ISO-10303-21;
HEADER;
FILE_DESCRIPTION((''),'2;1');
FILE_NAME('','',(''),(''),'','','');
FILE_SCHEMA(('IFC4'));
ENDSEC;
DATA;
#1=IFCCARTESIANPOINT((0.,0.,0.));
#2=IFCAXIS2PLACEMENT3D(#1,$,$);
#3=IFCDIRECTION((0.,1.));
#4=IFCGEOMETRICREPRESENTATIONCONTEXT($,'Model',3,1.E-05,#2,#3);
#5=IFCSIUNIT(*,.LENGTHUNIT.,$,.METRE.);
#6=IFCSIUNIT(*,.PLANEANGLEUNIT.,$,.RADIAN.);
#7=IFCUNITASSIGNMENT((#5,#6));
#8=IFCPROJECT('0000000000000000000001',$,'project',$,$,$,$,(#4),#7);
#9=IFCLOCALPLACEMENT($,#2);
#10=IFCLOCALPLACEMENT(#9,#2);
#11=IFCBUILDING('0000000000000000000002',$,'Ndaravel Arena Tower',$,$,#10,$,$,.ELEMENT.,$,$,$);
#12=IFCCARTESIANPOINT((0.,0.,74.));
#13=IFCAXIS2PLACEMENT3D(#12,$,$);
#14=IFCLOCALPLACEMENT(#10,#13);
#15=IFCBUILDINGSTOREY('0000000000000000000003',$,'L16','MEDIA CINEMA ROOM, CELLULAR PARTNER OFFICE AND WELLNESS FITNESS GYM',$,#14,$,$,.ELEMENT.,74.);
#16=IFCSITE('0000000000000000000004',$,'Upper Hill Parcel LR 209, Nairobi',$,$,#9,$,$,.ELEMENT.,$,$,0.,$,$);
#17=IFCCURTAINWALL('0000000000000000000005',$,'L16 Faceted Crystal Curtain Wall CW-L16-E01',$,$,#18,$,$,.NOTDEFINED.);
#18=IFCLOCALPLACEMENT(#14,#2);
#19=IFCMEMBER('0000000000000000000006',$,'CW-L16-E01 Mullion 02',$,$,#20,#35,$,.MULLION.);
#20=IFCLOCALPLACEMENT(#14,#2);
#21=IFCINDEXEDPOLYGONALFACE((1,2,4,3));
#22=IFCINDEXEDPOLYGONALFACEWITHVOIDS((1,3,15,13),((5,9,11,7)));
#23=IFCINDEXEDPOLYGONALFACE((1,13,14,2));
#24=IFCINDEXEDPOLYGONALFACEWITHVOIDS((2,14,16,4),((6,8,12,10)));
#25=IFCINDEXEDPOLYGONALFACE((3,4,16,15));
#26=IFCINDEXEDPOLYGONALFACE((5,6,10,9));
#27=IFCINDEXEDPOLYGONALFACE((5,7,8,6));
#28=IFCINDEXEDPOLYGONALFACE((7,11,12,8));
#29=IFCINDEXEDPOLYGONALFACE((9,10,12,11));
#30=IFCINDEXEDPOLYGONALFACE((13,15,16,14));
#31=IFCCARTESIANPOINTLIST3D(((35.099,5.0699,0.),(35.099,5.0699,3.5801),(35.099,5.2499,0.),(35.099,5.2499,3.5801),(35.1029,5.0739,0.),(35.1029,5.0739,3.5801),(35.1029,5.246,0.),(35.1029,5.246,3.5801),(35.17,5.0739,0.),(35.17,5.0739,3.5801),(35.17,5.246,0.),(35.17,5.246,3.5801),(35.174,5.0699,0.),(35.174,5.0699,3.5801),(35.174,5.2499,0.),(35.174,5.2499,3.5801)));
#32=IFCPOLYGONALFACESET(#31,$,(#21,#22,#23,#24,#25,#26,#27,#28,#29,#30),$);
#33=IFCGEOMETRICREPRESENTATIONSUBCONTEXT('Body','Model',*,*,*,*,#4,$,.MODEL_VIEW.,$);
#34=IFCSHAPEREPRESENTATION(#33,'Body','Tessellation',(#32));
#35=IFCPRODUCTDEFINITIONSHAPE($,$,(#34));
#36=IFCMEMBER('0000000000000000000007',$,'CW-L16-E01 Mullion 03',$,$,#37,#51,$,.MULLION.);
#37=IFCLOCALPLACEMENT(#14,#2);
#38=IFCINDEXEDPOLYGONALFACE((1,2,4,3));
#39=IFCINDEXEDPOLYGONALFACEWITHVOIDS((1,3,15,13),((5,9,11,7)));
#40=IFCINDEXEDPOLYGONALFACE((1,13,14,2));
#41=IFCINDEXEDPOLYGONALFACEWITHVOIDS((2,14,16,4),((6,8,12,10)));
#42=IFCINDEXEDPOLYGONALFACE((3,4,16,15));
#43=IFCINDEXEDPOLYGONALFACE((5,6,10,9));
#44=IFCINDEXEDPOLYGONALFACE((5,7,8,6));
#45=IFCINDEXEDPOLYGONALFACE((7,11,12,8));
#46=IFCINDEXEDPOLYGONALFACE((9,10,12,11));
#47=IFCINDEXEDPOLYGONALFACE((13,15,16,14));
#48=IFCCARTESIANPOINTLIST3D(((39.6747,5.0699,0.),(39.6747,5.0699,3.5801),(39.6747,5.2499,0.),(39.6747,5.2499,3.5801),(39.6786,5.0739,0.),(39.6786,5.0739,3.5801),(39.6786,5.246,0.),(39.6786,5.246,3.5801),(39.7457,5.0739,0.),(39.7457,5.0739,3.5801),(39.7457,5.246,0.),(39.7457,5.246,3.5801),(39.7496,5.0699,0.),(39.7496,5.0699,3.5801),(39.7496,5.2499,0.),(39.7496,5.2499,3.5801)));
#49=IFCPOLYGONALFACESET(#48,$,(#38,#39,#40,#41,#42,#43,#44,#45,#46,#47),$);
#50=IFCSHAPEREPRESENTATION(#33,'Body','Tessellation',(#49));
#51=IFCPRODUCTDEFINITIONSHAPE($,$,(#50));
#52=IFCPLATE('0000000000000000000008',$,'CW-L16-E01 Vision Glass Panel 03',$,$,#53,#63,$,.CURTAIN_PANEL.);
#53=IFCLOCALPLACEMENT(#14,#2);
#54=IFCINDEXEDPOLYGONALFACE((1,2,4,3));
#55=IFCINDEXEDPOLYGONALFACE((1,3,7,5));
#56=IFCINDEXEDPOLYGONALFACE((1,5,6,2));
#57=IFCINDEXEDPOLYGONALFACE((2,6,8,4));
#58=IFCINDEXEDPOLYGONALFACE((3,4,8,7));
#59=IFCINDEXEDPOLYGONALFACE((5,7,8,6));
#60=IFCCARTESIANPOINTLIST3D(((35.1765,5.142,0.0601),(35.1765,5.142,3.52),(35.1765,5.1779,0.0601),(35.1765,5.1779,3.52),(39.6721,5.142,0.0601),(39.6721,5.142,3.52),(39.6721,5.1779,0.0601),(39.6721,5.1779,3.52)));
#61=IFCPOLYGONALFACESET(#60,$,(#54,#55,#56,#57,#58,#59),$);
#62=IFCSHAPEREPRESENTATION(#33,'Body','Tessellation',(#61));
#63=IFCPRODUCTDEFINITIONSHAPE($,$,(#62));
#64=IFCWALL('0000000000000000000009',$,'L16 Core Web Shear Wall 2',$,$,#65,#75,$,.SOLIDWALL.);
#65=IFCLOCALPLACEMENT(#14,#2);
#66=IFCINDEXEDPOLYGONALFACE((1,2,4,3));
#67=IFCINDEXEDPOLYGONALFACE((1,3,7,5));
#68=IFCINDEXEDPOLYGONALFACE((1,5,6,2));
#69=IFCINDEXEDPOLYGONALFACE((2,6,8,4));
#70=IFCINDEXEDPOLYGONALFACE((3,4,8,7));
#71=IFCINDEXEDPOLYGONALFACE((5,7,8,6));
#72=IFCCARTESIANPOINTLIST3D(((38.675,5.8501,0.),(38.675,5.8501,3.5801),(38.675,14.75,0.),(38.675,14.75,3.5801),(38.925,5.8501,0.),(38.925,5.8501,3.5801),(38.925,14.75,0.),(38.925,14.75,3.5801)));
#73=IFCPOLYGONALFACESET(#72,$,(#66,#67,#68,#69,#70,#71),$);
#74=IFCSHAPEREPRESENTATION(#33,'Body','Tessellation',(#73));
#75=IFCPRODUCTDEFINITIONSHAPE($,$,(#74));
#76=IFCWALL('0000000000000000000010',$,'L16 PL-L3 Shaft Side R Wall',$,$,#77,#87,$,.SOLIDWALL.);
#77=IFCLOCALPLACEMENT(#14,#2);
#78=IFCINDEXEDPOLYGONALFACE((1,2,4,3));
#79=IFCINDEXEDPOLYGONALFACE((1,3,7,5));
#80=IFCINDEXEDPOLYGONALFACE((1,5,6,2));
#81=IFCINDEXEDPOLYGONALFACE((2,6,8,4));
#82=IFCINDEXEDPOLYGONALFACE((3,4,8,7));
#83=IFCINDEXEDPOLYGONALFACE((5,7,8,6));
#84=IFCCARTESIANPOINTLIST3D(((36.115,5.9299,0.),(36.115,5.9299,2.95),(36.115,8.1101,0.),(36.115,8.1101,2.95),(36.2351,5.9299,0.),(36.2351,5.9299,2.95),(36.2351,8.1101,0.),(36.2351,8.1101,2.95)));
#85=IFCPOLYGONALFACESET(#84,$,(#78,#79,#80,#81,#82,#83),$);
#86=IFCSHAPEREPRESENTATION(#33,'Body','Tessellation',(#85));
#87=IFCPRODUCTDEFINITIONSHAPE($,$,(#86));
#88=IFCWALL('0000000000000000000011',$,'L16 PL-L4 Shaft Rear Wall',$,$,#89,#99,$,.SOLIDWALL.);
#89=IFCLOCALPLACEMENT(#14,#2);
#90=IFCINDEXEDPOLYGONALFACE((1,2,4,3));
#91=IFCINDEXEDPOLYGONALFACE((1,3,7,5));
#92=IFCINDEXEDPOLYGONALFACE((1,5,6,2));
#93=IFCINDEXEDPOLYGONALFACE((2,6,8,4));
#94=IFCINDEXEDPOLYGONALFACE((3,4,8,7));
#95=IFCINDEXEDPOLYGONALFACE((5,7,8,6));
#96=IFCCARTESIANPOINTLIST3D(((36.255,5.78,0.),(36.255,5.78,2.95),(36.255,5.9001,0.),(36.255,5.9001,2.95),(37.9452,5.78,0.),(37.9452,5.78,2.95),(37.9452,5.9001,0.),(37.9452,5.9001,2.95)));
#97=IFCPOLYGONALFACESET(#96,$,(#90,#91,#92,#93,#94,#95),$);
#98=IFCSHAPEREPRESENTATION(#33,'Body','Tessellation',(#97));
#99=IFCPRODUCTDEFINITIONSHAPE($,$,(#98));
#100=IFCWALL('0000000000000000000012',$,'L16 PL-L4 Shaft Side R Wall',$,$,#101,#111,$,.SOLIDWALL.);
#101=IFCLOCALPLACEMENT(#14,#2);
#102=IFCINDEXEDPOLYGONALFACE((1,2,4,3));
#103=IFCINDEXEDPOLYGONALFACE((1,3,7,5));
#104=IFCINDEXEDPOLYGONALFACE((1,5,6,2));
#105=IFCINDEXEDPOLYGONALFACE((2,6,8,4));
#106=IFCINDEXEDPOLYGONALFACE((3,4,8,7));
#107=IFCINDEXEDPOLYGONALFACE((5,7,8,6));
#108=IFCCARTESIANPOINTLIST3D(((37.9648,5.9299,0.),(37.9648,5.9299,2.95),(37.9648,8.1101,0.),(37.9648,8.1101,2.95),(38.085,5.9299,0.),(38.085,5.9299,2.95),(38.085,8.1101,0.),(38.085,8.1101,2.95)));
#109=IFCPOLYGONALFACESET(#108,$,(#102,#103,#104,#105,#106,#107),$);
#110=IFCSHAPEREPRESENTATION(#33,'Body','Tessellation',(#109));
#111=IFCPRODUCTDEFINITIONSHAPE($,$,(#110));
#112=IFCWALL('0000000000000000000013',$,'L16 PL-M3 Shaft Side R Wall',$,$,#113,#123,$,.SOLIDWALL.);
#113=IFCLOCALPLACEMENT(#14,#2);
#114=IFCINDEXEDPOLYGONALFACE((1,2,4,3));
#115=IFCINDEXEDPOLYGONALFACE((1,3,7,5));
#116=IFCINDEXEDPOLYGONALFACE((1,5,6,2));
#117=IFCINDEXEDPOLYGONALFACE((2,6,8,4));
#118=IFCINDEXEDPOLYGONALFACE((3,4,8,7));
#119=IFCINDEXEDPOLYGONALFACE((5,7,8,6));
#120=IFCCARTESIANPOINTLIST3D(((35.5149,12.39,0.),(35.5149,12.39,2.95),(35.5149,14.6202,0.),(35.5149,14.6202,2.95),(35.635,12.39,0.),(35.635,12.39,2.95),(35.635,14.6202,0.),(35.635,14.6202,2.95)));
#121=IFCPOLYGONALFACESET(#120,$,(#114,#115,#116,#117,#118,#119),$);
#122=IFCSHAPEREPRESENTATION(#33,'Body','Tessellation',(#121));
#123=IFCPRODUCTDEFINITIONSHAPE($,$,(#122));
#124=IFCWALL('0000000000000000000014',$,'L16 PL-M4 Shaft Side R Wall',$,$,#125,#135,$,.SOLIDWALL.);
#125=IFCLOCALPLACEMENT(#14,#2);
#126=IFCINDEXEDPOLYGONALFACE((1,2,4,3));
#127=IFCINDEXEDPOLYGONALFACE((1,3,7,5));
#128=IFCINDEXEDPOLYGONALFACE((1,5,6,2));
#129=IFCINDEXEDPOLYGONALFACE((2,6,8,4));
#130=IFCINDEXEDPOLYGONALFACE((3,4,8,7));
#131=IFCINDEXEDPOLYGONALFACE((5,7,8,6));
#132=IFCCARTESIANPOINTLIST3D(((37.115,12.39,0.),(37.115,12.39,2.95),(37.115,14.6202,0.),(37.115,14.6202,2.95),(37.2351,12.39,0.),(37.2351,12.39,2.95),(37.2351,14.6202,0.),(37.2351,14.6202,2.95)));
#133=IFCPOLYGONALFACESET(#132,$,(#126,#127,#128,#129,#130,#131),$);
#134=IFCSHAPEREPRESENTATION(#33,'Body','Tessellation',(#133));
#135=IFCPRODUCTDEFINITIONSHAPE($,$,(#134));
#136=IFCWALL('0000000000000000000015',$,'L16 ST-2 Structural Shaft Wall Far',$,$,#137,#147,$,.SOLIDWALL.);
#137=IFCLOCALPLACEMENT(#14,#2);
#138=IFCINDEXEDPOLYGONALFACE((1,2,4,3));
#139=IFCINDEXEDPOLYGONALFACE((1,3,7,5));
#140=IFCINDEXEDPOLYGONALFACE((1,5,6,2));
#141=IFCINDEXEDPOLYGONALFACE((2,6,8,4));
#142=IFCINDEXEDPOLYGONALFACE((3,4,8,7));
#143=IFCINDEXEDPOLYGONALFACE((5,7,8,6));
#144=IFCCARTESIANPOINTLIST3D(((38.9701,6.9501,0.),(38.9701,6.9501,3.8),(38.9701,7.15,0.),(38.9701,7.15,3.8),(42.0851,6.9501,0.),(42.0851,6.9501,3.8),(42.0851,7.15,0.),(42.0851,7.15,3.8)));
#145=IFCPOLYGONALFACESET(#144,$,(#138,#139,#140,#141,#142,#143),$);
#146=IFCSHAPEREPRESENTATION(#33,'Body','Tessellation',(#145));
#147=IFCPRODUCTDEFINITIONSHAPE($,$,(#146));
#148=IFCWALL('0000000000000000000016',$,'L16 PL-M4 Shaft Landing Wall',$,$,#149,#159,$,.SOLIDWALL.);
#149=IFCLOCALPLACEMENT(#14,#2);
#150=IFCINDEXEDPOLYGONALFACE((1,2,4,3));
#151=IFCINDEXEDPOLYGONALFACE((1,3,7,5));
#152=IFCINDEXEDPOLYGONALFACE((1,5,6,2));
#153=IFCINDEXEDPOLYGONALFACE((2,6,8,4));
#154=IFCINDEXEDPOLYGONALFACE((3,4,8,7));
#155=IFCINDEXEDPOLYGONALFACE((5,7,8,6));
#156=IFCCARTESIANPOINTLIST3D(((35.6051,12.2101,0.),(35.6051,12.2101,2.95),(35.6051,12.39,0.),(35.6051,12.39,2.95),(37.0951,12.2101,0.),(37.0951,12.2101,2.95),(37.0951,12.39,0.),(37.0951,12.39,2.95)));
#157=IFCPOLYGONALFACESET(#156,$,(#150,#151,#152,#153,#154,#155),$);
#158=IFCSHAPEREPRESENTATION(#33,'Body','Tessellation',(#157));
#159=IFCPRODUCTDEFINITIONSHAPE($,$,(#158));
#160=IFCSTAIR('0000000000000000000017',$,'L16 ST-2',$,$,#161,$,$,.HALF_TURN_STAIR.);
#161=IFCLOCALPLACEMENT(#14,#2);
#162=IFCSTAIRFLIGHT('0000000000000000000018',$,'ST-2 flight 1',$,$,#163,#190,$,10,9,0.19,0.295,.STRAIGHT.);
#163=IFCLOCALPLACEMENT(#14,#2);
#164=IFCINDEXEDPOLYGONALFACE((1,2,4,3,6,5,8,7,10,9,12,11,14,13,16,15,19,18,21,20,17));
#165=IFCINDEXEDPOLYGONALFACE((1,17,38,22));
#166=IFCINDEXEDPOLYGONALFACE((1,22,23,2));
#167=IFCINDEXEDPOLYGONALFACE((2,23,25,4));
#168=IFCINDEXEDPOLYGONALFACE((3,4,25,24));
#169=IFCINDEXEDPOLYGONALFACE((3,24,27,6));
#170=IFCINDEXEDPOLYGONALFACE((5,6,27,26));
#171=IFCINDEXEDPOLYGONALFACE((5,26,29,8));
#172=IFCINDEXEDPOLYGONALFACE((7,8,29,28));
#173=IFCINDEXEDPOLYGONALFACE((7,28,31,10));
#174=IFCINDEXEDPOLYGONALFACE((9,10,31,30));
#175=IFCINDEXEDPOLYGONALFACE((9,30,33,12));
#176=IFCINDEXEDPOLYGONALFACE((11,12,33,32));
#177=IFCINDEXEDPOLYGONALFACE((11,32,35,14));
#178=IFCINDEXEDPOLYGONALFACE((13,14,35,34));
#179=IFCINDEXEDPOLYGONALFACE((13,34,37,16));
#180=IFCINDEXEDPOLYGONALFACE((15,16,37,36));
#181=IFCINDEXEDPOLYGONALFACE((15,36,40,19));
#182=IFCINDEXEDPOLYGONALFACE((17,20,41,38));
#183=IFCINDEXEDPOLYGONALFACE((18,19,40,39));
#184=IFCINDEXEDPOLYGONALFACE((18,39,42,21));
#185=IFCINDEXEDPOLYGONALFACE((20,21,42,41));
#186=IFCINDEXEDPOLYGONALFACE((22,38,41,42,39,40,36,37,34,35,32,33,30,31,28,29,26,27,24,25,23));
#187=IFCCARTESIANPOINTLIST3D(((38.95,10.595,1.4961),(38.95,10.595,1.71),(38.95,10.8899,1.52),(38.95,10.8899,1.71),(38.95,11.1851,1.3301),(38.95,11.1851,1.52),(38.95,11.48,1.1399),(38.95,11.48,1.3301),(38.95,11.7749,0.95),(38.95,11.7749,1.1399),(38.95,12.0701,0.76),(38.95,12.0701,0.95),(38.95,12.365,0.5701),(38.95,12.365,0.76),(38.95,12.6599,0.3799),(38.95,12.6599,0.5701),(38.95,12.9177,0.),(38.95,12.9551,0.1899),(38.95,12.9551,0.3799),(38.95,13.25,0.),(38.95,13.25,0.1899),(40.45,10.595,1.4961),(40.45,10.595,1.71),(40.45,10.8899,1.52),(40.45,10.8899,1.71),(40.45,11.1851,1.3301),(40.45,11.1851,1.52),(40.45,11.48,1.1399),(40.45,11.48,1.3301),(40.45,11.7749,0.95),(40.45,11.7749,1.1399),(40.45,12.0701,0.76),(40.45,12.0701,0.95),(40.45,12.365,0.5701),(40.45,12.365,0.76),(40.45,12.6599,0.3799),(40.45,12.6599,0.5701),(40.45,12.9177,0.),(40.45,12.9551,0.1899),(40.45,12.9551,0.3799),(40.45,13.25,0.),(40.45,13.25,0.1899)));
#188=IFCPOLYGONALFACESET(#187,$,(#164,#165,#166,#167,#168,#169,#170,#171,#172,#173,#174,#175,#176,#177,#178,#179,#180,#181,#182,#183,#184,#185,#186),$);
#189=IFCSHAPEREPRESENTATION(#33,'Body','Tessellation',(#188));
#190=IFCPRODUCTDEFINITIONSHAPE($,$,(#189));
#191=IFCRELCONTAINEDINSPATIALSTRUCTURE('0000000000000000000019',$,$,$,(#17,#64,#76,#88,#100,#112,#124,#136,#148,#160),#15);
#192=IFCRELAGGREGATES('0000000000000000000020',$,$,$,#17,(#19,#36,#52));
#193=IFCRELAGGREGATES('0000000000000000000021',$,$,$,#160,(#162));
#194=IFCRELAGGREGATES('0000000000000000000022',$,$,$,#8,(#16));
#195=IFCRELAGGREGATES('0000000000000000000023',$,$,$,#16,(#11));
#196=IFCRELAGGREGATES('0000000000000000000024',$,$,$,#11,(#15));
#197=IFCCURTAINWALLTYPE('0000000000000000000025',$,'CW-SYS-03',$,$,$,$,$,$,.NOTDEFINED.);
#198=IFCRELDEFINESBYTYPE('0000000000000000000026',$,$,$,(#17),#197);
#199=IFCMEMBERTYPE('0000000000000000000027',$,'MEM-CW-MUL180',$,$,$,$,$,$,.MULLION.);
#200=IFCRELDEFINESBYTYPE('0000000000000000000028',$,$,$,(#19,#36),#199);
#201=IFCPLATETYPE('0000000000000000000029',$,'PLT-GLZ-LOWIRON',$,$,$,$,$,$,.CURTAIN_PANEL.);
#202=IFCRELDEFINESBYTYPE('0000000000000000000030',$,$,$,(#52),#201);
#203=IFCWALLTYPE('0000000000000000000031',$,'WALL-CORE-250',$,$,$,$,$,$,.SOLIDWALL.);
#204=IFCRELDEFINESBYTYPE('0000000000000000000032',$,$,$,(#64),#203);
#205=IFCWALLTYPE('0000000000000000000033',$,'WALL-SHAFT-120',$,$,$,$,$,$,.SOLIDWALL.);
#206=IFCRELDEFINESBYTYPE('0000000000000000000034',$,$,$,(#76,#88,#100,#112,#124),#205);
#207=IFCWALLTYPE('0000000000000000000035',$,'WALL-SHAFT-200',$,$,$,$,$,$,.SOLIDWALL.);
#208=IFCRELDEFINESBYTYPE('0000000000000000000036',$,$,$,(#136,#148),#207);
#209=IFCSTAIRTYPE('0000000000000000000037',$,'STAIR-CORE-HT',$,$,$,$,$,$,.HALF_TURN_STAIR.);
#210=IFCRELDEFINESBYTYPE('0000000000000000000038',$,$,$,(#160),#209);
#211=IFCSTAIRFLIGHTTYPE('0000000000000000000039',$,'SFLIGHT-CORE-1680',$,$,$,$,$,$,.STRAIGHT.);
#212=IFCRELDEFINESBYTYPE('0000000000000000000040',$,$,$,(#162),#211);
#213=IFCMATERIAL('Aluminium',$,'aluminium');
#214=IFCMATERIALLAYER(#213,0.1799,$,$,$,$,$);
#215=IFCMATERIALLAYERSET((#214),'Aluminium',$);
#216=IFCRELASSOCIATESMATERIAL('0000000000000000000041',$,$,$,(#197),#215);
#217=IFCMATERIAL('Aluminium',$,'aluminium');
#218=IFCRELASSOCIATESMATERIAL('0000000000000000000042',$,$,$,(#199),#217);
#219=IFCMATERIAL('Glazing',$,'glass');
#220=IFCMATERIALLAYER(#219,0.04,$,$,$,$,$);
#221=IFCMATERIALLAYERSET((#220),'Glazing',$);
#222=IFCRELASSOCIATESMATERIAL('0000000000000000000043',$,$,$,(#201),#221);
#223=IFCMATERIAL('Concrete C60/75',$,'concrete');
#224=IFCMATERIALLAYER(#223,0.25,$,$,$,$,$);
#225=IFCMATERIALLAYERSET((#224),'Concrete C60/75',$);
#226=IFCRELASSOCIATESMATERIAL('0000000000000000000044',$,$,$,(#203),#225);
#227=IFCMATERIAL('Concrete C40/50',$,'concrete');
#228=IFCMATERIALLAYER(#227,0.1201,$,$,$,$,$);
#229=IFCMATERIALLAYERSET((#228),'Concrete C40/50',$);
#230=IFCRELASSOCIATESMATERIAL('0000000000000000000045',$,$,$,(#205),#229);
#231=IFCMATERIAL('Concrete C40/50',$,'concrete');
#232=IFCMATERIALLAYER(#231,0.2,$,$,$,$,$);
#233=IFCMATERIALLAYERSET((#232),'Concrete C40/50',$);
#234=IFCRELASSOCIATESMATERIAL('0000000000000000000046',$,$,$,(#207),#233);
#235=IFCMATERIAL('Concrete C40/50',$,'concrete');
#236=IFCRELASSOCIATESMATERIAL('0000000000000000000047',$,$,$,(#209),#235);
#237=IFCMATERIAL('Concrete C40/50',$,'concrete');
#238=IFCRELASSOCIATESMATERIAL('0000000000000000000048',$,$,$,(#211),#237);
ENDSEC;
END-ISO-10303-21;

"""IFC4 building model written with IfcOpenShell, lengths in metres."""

from ifc_helpers import new_model, si_unit, direction, frame, frame_2d, origin, origin_2d, place, context, subcontext, project, spatial, polyline, rectangle, hollow_rectangle, outline, extrude, material, layer, layer_set, material_profile, profile_set, type_object, element, aggregate, save


model = new_model("IFC4")

# Units and contexts
model_context = context("Model", 3, precision=1e-05, world=origin(), true_north=direction((0.0, 1.0)))
body_context = subcontext(model_context, "Body", "Model", "MODEL_VIEW")
ifc_project = project(units=[si_unit("LENGTHUNIT", "METRE"), si_unit("PLANEANGLEUNIT", "RADIAN")], contexts=[model_context])

# Site, building, storey
site_placement = place(None, origin())
site = spatial("IfcSite", under=ifc_project, at=site_placement, Name="Upper Hill Parcel LR 209, Nairobi", CompositionType="ELEMENT", RefElevation=0.0)
building_placement = place(site_placement, origin())
building = spatial("IfcBuilding", under=site, at=building_placement, Name="Ndaravel Arena Tower", CompositionType="ELEMENT")
storey_placement = place(building_placement, frame((0.0, 0.0, 74.0)))
storey = spatial("IfcBuildingStorey", under=building, at=storey_placement, Name="L16", Description="MEDIA CINEMA ROOM, CELLULAR PARTNER OFFICE AND WELLNESS FITNESS GYM", CompositionType="ELEMENT", Elevation=74.0)

# Curtain wall, members, plate
ifc_material_1 = material(Name="Aluminium", Category="aluminium")
ifc_layer_1 = layer(ifc_material_1, 0.1799)
ifc_layer_set_1 = layer_set([ifc_layer_1], Name="Aluminium")
curtain_wall_type = type_object("IfcCurtainWallType", Name="CW-SYS-03", PredefinedType="NOTDEFINED", material=ifc_layer_set_1)
curtain_wall_placement = place(storey_placement, origin())
curtain_wall = element("IfcCurtainWall", 1, at=curtain_wall_placement, inside=storey, type_object=curtain_wall_type, Name="L16 Faceted Crystal Curtain Wall CW-L16-E01", PredefinedType="NOTDEFINED")
ifc_material_2 = material(Name="Aluminium", Category="aluminium")
ifc_material_profile = material_profile(ifc_material_2, hollow_rectangle(XDim=0.075, YDim=0.1799, WallThickness=0.0039, at=origin_2d()), Name="CW MULLION 75x180x4")
ifc_profile_set = profile_set([ifc_material_profile], Name="Aluminium")
member_type = type_object("IfcMemberType", Name="MEM-CW-MUL180", PredefinedType="MULLION", material=ifc_profile_set)
member_1_placement = place(storey_placement, frame((35.1365, 5.1599, 0.0), z_axis=(0.0, 0.0, 1.0), x_axis=(1.0, 0.0, 0.0)))
member_1 = element("IfcMember", 2, at=member_1_placement, type_object=member_type, Name="CW-L16-E01 Mullion 02", PredefinedType="MULLION", context=body_context, shape_type="SweptSolid", body=[
    extrude(hollow_rectangle(XDim=0.075, YDim=0.1799, WallThickness=0.0039, at=origin_2d()), origin(), (0.0, 0.0, 1.0), 3.5801),
])
member_2_placement = place(storey_placement, frame((39.7122, 5.1599, 0.0), z_axis=(0.0, 0.0, 1.0), x_axis=(1.0, 0.0, 0.0)))
member_2 = element("IfcMember", 3, at=member_2_placement, type_object=member_type, Name="CW-L16-E01 Mullion 03", PredefinedType="MULLION", context=body_context, shape_type="SweptSolid", body=[
    extrude(hollow_rectangle(XDim=0.075, YDim=0.1799, WallThickness=0.0039, at=origin_2d()), origin(), (0.0, 0.0, 1.0), 3.5801),
])
ifc_material_3 = material(Name="Glazing", Category="glass")
ifc_layer_2 = layer(ifc_material_3, 0.04)
ifc_layer_set_2 = layer_set([ifc_layer_2], Name="Glazing")
plate_type = type_object("IfcPlateType", Name="PLT-GLZ-LOWIRON", PredefinedType="CURTAIN_PANEL", material=ifc_layer_set_2)
plate_placement = place(storey_placement, frame((37.4243, 5.1599, 0.0601), z_axis=(0.0, 0.0, 1.0), x_axis=(1.0, 0.0, 0.0)))
plate = element("IfcPlate", 4, at=plate_placement, type_object=plate_type, Name="CW-L16-E01 Vision Glass Panel 03", PredefinedType="CURTAIN_PANEL", context=body_context, shape_type="SweptSolid", body=[
    extrude(rectangle(XDim=4.4956, YDim=0.0359, at=origin_2d()), origin(), (0.0, 0.0, 1.0), 3.46),
])
aggregate(curtain_wall, [member_1, member_2, plate])

# Walls
ifc_material_4 = material(Name="Concrete C60/75", Category="concrete")
ifc_layer_3 = layer(ifc_material_4, 0.25)
ifc_layer_set_3 = layer_set([ifc_layer_3], Name="Concrete C60/75")
wall_type_1 = type_object("IfcWallType", Name="WALL-CORE-250", PredefinedType="SOLIDWALL", material=ifc_layer_set_3)
wall_1_placement = place(storey_placement, frame((38.8, 5.8501, 0.0), z_axis=(0.0, 0.0, 1.0), x_axis=(0.0, 1.0, 0.0)))
element("IfcWall", 5, at=wall_1_placement, inside=storey, type_object=wall_type_1, Name="L16 Core Web Shear Wall 2", PredefinedType="SOLIDWALL", context=body_context, shape_type="SweptSolid", body=[
    extrude(rectangle(XDim=8.8999, YDim=0.25, at=frame_2d((4.45, 0.0))), origin(), (0.0, 0.0, 1.0), 3.5801),
])
ifc_material_5 = material(Name="Concrete C40/50", Category="concrete")
ifc_layer_4 = layer(ifc_material_5, 0.1201)
ifc_layer_set_4 = layer_set([ifc_layer_4], Name="Concrete C40/50")
wall_type_2 = type_object("IfcWallType", Name="WALL-SHAFT-120", PredefinedType="SOLIDWALL", material=ifc_layer_set_4)
wall_2_placement = place(storey_placement, frame((36.175, 5.9299, 0.0), z_axis=(0.0, 0.0, 1.0), x_axis=(0.0, 1.0, 0.0)))
element("IfcWall", 6, at=wall_2_placement, inside=storey, type_object=wall_type_2, Name="L16 PL-L3 Shaft Side R Wall", PredefinedType="SOLIDWALL", context=body_context, shape_type="SweptSolid", body=[
    extrude(rectangle(XDim=2.1802, YDim=0.1201, at=frame_2d((1.0901, 0.0))), origin(), (0.0, 0.0, 1.0), 2.95),
])
wall_3_placement = place(storey_placement, frame((36.2549, 5.8401, 0.0), z_axis=(0.0, 0.0, 1.0), x_axis=(1.0, 0.0, 0.0)))
element("IfcWall", 7, at=wall_3_placement, inside=storey, type_object=wall_type_2, Name="L16 PL-L4 Shaft Rear Wall", PredefinedType="SOLIDWALL", context=body_context, shape_type="SweptSolid", body=[
    extrude(rectangle(XDim=1.6902, YDim=0.1201, at=frame_2d((0.8452, 0.0))), origin(), (0.0, 0.0, 1.0), 2.95),
])
wall_4_placement = place(storey_placement, frame((38.0249, 5.9299, 0.0), z_axis=(0.0, 0.0, 1.0), x_axis=(0.0, 1.0, 0.0)))
element("IfcWall", 8, at=wall_4_placement, inside=storey, type_object=wall_type_2, Name="L16 PL-L4 Shaft Side R Wall", PredefinedType="SOLIDWALL", context=body_context, shape_type="SweptSolid", body=[
    extrude(rectangle(XDim=2.1802, YDim=0.1201, at=frame_2d((1.0901, 0.0))), origin(), (0.0, 0.0, 1.0), 2.95),
])
for number, where, z_axis, x_axis, name in (
    (9, (35.575, 12.3899, 0.0), (0.0, 0.0, 1.0), (0.0, 1.0, 0.0), "L16 PL-M3 Shaft Side R Wall"),
    (10, (37.175, 12.3899, 0.0), (0.0, 0.0, 1.0), (0.0, 1.0, 0.0), "L16 PL-M4 Shaft Side R Wall"),
):
    element("IfcWall", number, at=place(storey_placement, frame(where, z_axis=z_axis, x_axis=x_axis)), inside=storey, type_object=wall_type_2, Name=name, PredefinedType="SOLIDWALL", context=body_context, shape_type="SweptSolid", body=[
        extrude(rectangle(XDim=2.2302, YDim=0.1201, at=frame_2d((1.1152, 0.0))), origin(), (0.0, 0.0, 1.0), 2.95),
    ])
ifc_material_6 = material(Name="Concrete C40/50", Category="concrete")
ifc_layer_5 = layer(ifc_material_6, 0.2)
ifc_layer_set_5 = layer_set([ifc_layer_5], Name="Concrete C40/50")
wall_type_3 = type_object("IfcWallType", Name="WALL-SHAFT-200", PredefinedType="SOLIDWALL", material=ifc_layer_set_5)
wall_5_placement = place(storey_placement, frame((38.97, 7.05, 0.0), z_axis=(0.0, 0.0, 1.0), x_axis=(1.0, 0.0, 0.0)))
element("IfcWall", 11, at=wall_5_placement, inside=storey, type_object=wall_type_3, Name="L16 ST-2 Structural Shaft Wall Far", PredefinedType="SOLIDWALL", context=body_context, shape_type="SweptSolid", body=[
    extrude(rectangle(XDim=3.115, YDim=0.2, at=frame_2d((1.5576, 0.0))), origin(), (0.0, 0.0, 1.0), 3.8),
])

# Wall
wall_6_placement = place(storey_placement, frame((35.605, 12.3, 0.0), z_axis=(0.0, 0.0, 1.0), x_axis=(1.0, 0.0, 0.0)))
element("IfcWall", 12, at=wall_6_placement, inside=storey, type_object=wall_type_3, Name="L16 PL-M4 Shaft Landing Wall", PredefinedType="SOLIDWALL", context=body_context, shape_type="SweptSolid", body=[
    extrude(rectangle(XDim=1.49, YDim=0.1799, at=frame_2d((0.7451, 0.0))), origin(), (0.0, 0.0, 1.0), 2.95),
])

# Stair, stair flight
ifc_material_7 = material(Name="Concrete C40/50", Category="concrete")
stair_type = type_object("IfcStairType", Name="STAIR-CORE-HT", PredefinedType="HALF_TURN_STAIR", material=ifc_material_7)
stair_placement = place(storey_placement, origin())
stair = element("IfcStair", 13, at=stair_placement, inside=storey, type_object=stair_type, Name="L16 ST-2", PredefinedType="HALF_TURN_STAIR")
ifc_material_8 = material(Name="Concrete C40/50", Category="concrete")
stair_flight_type = type_object("IfcStairFlightType", Name="SFLIGHT-CORE-1680", PredefinedType="STRAIGHT", material=ifc_material_8)
stair_flight_placement = place(storey_placement, frame((39.7, 13.25, 0.0), z_axis=(0.0, 0.0, 1.0), x_axis=(0.0, -1.0, 0.0)))
stair_flight = element("IfcStairFlight", 14, at=stair_flight_placement, type_object=stair_flight_type, Name="ST-2 flight 1", NumberOfRisers=10, NumberOfTreads=9, PredefinedType="STRAIGHT", RiserHeight=0.19, TreadLength=0.295, context=body_context, shape_type="SweptSolid", body=[
    extrude(outline(polyline([(0.0, 0.0), (0.0, 0.1899), (0.2949, 0.1899), (0.2949, 0.3799), (0.5901, 0.3799), (0.5901, 0.5701), (0.885, 0.5701), (0.885, 0.76), (1.1799, 0.76), (1.1799, 0.95), (1.4751, 0.95), (1.4751, 1.1399), (1.77, 1.1399), (1.77, 1.3301), (2.0649, 1.3301), (2.0649, 1.52), (2.3601, 1.52), (2.3601, 1.71), (2.655, 1.71), (2.655, 1.8999), (2.655, 1.4961), (0.3323, 0.0), (0.0, 0.0)])), frame((0.0, 0.75, 0.0), z_axis=(0.0, -1.0, 0.0), x_axis=(1.0, 0.0, 0.0)), (0.0, 0.0, 1.0), 1.5),
])
aggregate(stair, [stair_flight])

save(model, "model.ifc")
